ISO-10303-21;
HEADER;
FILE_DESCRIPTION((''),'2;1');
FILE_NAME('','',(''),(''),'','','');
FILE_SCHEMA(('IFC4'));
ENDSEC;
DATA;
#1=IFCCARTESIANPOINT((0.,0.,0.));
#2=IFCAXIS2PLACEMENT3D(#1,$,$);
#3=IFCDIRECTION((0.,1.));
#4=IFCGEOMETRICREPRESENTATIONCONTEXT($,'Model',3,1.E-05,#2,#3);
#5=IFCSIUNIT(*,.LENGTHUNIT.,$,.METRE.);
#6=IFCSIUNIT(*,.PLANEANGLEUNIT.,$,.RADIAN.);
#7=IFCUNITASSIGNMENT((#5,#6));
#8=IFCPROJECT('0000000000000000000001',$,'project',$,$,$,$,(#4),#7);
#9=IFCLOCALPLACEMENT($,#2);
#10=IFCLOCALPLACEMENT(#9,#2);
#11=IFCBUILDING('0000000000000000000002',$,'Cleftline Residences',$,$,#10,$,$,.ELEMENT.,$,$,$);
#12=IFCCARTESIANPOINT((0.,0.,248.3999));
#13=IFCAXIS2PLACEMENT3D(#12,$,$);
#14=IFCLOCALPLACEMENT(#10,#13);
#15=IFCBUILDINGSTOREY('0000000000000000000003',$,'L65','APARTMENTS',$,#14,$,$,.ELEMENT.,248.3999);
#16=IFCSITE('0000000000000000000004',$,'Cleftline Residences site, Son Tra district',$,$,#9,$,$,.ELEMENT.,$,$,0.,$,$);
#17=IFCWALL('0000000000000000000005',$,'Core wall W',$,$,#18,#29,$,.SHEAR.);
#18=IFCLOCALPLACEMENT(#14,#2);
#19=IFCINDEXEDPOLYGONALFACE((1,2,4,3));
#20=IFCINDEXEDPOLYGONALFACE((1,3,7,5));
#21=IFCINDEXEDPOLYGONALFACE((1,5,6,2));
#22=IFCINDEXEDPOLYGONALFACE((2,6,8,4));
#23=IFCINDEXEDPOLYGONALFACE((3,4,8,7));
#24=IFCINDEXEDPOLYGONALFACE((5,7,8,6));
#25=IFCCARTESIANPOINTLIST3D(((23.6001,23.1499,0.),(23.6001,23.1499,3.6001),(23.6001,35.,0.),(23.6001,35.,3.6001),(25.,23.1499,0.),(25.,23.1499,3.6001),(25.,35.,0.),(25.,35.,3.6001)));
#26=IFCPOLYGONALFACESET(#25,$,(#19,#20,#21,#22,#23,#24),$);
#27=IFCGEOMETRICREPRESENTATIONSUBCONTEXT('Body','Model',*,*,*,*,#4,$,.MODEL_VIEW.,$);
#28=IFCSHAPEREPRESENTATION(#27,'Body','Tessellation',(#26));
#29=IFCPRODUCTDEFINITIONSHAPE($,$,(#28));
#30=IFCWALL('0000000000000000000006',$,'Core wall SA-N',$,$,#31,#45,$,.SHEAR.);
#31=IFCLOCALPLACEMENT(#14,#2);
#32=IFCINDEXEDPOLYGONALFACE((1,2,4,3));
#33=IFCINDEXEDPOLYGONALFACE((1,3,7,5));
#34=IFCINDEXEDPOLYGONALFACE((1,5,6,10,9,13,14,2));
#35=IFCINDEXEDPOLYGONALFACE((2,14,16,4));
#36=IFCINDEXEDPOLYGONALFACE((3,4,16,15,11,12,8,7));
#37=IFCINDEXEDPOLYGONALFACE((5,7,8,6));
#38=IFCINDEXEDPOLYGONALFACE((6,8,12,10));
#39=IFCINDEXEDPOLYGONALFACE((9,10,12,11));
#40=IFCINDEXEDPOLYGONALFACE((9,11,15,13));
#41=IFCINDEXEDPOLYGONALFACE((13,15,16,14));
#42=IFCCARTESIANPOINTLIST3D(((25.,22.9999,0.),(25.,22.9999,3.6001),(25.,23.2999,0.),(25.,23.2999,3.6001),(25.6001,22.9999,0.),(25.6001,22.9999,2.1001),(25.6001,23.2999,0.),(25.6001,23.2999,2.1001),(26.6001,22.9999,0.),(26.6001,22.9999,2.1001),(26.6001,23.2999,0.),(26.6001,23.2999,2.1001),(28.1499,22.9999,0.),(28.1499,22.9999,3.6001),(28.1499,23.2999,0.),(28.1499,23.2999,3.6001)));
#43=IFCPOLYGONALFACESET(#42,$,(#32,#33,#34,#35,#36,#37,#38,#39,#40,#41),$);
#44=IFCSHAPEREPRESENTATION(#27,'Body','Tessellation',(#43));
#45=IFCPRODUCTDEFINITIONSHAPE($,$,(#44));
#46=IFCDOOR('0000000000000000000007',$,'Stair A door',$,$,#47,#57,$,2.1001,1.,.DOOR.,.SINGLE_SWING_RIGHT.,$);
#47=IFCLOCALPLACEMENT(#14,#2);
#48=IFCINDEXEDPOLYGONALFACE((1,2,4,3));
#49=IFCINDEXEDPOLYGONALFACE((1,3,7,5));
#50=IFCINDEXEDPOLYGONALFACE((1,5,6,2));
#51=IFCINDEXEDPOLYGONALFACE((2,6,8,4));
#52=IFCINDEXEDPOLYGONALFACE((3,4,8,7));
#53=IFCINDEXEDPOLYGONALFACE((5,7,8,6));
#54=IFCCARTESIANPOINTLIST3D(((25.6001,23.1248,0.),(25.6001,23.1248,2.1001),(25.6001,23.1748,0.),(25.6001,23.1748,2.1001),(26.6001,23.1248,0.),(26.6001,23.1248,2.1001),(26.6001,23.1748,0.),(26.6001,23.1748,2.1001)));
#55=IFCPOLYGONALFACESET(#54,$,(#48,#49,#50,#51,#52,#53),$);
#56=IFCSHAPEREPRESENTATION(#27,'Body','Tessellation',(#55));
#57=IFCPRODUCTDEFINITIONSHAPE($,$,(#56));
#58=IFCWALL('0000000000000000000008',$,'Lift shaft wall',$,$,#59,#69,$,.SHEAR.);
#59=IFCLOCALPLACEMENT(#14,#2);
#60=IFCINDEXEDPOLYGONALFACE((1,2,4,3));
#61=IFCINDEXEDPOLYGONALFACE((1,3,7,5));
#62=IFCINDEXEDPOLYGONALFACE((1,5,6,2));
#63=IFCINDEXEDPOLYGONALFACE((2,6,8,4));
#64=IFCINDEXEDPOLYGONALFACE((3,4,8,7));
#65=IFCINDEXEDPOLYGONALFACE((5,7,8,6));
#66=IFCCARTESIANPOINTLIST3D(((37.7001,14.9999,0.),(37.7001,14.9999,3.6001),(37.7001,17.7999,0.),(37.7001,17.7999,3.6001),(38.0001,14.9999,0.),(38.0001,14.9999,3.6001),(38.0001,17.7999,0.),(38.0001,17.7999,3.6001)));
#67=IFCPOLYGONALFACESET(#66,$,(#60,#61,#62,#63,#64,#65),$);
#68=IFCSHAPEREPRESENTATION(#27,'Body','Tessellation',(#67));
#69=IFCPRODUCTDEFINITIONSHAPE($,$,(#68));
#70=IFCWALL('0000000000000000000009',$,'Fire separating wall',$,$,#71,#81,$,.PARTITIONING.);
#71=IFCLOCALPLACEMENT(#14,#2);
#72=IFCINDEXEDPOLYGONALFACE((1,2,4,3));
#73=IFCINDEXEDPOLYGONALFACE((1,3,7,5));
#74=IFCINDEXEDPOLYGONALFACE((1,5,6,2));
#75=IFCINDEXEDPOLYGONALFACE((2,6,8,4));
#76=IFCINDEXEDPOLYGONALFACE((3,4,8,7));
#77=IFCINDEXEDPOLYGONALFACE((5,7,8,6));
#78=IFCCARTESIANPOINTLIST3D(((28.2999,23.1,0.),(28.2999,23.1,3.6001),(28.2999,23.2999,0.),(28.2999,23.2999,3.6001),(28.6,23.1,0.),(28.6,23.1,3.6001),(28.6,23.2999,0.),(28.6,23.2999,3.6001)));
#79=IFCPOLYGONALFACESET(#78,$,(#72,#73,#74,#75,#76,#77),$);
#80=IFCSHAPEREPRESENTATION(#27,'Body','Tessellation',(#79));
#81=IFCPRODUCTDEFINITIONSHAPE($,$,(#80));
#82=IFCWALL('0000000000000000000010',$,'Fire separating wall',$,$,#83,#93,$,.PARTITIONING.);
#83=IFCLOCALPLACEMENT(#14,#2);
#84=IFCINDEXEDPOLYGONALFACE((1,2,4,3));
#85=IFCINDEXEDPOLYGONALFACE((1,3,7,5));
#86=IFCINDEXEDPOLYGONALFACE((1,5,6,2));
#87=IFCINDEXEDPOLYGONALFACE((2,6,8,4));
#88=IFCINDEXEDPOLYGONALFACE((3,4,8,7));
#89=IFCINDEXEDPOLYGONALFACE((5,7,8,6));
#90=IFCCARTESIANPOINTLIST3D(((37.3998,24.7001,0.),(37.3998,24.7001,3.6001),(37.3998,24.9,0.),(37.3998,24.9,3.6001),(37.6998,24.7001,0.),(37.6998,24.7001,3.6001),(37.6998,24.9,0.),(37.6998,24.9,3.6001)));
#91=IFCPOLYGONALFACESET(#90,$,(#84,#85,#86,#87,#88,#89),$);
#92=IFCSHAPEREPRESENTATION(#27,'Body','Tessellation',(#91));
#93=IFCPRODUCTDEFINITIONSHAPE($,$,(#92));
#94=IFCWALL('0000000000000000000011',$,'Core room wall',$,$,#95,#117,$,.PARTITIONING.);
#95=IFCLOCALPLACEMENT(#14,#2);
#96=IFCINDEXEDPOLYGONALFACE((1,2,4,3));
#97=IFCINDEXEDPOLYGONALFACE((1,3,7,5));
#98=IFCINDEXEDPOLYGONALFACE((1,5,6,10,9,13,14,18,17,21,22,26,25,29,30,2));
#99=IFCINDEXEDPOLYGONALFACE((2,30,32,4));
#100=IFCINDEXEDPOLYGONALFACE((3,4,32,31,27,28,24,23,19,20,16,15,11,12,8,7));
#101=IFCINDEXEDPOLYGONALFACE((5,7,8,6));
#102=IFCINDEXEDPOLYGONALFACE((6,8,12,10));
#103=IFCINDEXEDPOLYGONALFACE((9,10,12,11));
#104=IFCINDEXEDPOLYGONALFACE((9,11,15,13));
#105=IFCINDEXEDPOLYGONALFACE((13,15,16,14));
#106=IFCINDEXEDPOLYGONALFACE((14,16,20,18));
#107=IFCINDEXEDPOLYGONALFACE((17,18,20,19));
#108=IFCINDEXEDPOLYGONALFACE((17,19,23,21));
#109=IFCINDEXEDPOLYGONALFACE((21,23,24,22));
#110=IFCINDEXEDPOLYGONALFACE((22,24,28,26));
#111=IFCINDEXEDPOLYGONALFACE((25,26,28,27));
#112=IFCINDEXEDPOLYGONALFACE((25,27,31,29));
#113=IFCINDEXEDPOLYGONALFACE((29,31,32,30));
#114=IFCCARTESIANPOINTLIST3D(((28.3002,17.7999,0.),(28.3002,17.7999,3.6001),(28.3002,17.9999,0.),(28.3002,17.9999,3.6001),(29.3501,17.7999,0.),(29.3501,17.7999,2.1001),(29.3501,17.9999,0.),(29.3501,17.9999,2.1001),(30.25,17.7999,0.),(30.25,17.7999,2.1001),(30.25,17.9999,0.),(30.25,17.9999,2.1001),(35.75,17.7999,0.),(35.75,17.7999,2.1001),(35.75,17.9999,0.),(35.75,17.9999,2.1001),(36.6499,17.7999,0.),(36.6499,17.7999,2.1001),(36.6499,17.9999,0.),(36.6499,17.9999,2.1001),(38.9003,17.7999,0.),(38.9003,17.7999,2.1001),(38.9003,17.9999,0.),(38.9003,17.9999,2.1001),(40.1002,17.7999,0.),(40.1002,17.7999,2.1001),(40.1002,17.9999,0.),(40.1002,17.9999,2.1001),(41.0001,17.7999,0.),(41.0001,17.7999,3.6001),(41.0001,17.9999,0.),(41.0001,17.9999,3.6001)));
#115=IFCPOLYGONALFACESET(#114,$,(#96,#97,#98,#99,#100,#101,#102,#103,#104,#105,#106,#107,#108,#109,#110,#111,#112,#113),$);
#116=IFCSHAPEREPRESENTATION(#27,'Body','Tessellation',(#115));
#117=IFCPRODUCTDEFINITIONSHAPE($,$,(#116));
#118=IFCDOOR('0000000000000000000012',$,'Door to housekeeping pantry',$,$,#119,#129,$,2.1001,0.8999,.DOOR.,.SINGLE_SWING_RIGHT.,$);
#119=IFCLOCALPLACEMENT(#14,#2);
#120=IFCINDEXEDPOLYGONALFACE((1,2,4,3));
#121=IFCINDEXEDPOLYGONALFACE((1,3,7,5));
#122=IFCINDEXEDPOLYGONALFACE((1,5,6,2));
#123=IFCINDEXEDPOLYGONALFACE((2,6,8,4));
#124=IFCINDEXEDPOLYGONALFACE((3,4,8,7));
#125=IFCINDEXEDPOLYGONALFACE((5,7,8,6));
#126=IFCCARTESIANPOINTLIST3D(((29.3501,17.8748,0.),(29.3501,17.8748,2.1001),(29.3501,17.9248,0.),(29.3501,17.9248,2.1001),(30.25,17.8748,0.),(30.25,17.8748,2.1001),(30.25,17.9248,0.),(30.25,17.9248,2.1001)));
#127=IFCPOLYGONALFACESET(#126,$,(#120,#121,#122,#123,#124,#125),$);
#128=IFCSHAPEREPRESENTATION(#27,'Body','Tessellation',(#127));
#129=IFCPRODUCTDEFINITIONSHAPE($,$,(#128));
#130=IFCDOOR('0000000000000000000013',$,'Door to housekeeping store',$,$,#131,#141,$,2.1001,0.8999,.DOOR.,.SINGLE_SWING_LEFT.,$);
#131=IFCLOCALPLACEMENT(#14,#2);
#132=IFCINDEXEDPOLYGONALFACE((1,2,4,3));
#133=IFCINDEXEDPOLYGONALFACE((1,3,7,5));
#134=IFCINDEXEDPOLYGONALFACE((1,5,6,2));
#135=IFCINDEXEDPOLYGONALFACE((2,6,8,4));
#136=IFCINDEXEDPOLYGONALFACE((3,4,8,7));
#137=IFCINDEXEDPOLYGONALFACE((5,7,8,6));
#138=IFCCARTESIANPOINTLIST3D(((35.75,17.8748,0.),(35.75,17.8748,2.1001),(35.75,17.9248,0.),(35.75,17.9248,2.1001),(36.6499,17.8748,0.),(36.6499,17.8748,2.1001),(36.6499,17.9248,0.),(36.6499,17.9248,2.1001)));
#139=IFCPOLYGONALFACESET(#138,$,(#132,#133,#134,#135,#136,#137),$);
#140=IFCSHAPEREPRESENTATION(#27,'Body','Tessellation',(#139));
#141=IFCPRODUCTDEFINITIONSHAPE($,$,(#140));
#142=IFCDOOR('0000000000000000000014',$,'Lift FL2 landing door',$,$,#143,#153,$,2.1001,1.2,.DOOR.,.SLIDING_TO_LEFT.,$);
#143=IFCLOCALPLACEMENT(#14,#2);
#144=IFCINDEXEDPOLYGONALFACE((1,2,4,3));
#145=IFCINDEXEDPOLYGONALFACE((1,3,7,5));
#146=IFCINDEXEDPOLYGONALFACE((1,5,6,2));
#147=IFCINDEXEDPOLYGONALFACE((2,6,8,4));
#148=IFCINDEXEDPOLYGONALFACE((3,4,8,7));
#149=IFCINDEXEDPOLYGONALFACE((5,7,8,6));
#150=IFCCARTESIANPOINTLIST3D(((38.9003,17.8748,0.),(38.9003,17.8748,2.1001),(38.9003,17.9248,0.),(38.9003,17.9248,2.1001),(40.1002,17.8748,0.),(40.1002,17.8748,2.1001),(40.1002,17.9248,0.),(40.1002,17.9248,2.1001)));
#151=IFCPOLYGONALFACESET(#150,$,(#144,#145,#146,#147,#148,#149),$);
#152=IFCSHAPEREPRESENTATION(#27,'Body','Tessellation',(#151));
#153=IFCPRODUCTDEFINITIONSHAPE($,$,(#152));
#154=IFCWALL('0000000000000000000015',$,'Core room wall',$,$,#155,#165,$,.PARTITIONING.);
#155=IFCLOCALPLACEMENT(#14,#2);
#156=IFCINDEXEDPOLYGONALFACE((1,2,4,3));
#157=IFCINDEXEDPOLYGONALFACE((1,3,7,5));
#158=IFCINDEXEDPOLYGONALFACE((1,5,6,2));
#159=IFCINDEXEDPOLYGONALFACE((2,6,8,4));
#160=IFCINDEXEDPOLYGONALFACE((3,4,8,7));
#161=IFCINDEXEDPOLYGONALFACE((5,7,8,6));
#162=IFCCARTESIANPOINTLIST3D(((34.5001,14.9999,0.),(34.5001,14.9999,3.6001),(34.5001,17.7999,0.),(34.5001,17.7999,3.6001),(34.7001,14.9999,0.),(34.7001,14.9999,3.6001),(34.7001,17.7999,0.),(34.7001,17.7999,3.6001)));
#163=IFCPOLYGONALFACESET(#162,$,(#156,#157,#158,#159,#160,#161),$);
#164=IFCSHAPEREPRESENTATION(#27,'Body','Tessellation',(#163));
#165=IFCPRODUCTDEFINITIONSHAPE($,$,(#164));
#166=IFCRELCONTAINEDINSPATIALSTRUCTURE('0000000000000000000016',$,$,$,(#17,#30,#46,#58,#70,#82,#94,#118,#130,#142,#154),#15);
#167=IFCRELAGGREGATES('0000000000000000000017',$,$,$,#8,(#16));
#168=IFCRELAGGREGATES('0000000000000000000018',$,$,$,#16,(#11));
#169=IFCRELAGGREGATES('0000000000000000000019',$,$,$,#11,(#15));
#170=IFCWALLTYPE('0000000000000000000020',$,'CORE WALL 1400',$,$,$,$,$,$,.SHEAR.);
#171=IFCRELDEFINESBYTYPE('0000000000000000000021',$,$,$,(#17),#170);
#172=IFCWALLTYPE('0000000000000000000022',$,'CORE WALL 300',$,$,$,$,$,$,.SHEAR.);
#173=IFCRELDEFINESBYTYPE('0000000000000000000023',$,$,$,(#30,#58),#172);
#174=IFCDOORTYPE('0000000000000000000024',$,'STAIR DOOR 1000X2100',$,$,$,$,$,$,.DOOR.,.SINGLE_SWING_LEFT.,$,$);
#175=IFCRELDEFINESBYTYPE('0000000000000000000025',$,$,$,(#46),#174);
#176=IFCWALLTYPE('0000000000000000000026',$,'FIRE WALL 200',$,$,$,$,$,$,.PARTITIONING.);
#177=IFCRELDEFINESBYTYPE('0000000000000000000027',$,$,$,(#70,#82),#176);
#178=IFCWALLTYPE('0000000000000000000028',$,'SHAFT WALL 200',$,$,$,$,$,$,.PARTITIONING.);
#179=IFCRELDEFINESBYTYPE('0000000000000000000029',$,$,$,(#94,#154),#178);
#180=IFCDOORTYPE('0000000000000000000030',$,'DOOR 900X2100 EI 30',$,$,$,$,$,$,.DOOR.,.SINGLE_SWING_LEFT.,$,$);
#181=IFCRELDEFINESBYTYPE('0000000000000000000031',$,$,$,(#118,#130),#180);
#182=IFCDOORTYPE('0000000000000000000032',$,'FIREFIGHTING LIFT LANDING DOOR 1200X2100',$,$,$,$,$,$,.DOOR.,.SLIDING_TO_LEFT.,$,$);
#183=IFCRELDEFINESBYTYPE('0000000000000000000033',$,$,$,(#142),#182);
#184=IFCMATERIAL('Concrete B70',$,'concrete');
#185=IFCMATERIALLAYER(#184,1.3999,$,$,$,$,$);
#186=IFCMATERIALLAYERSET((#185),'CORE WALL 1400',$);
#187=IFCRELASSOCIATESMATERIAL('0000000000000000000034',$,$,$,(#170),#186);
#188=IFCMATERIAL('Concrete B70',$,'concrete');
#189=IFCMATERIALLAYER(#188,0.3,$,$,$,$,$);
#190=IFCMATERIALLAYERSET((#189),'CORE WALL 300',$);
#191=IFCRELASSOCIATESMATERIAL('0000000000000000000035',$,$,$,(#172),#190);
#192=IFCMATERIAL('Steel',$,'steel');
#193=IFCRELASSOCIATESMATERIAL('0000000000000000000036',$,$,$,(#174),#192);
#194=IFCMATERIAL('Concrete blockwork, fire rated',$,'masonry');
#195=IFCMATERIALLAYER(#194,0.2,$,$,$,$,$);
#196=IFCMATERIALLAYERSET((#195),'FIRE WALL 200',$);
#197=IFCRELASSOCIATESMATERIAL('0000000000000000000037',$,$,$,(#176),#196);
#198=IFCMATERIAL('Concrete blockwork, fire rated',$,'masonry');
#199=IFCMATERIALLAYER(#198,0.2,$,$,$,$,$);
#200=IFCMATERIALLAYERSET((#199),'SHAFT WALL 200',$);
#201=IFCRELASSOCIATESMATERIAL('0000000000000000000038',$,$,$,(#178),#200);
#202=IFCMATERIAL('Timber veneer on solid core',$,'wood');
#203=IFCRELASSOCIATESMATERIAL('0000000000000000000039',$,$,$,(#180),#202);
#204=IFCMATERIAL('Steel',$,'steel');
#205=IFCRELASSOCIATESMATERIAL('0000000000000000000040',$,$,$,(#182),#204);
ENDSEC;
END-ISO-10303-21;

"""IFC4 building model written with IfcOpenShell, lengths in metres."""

from ifc_helpers import new_model, si_unit, direction, frame, frame_2d, origin, place, context, subcontext, project, spatial, rectangle, extrude, material, layer, layer_set, type_object, element, fill, save


model = new_model("IFC4")

# Units and contexts
model_context = context("Model", 3, precision=1e-05, world=origin(), true_north=direction((0.0, 1.0)))
body_context = subcontext(model_context, "Body", "Model", "MODEL_VIEW")
ifc_project = project(units=[si_unit("LENGTHUNIT", "METRE"), si_unit("PLANEANGLEUNIT", "RADIAN")], contexts=[model_context])

# Site, building, storey
site_placement = place(None, origin())
site = spatial("IfcSite", under=ifc_project, at=site_placement, Name="Cleftline Residences site, Son Tra district", CompositionType="ELEMENT", RefElevation=0.0)
building_placement = place(site_placement, origin())
building = spatial("IfcBuilding", under=site, at=building_placement, Name="Cleftline Residences", CompositionType="ELEMENT")
storey_placement = place(building_placement, frame((0.0, 0.0, 248.3999)))
storey = spatial("IfcBuildingStorey", under=building, at=storey_placement, Name="L65", Description="APARTMENTS", CompositionType="ELEMENT", Elevation=248.3999)

# Wall
ifc_material_1 = material(Name="Concrete B70", Category="concrete")
ifc_layer_1 = layer(ifc_material_1, 1.3999)
ifc_layer_set_1 = layer_set([ifc_layer_1], Name="CORE WALL 1400")
wall_type_1 = type_object("IfcWallType", Name="CORE WALL 1400", PredefinedType="SHEAR", material=ifc_layer_set_1)
wall_1_placement = place(storey_placement, frame((24.3, 23.1499, 0.0), z_axis=(0.0, 0.0, 1.0), x_axis=(0.0, 1.0, 0.0)))
element("IfcWall", 1, at=wall_1_placement, inside=storey, type_object=wall_type_1, Name="Core wall W", PredefinedType="SHEAR", context=body_context, shape_type="SweptSolid", body=[
    extrude(rectangle(XDim=11.8501, YDim=1.3999, at=frame_2d((5.925, 0.0))), origin(), (0.0, 0.0, 1.0), 3.6001),
])

# Wall, opening, door
ifc_material_2 = material(Name="Concrete B70", Category="concrete")
ifc_layer_2 = layer(ifc_material_2, 0.3)
ifc_layer_set_2 = layer_set([ifc_layer_2], Name="CORE WALL 300")
wall_type_2 = type_object("IfcWallType", Name="CORE WALL 300", PredefinedType="SHEAR", material=ifc_layer_set_2)
wall_2_placement = place(storey_placement, frame((25.0, 23.1499, 0.0), z_axis=(0.0, 0.0, 1.0), x_axis=(1.0, 0.0, 0.0)))
wall_2 = element("IfcWall", 2, at=wall_2_placement, inside=storey, type_object=wall_type_2, Name="Core wall SA-N", PredefinedType="SHEAR", context=body_context, shape_type="SweptSolid", body=[
    extrude(rectangle(XDim=3.1499, YDim=0.3, at=frame_2d((1.575, 0.0))), origin(), (0.0, 0.0, 1.0), 3.6001),
])
opening_1_placement = place(wall_2_placement, frame((0.6001, 0.0, 0.0)))
opening_1 = element("IfcOpeningElement", 3, at=opening_1_placement, cuts=wall_2, PredefinedType="OPENING", context=body_context, shape_type="SweptSolid", body=[
    extrude(rectangle(XDim=1.0, YDim=2.1001, at=frame_2d((0.5, 1.05))), frame((0.0, 0.1599, 0.0), z_axis=(0.0, -1.0, 0.0), x_axis=(1.0, 0.0, 0.0)), (0.0, 0.0, 1.0), 0.3201),
])
ifc_material_3 = material(Name="Steel", Category="steel")
door_type_1 = type_object("IfcDoorType", Name="STAIR DOOR 1000X2100", OperationType="SINGLE_SWING_LEFT", PredefinedType="DOOR", material=ifc_material_3)
door_1_placement = place(opening_1_placement, origin())
door_1 = element("IfcDoor", 4, at=door_1_placement, inside=storey, type_object=door_type_1, Name="Stair A door", OperationType="SINGLE_SWING_RIGHT", OverallHeight=2.1001, OverallWidth=1.0, PredefinedType="DOOR", context=body_context, shape_type="SweptSolid", body=[
    extrude(rectangle(XDim=1.0, YDim=2.1001, at=frame_2d((0.5, 1.05))), frame((0.0, 0.0249, 0.0), z_axis=(0.0, -1.0, 0.0), x_axis=(1.0, 0.0, 0.0)), (0.0, 0.0, 1.0), 0.05),
])
fill(opening_1, door_1)

# Walls
wall_3_placement = place(storey_placement, frame((37.8501, 15.0, 0.0), z_axis=(0.0, 0.0, 1.0), x_axis=(0.0, 1.0, 0.0)))
element("IfcWall", 5, at=wall_3_placement, inside=storey, type_object=wall_type_2, Name="Lift shaft wall", PredefinedType="SHEAR", context=body_context, shape_type="SweptSolid", body=[
    extrude(rectangle(XDim=2.8, YDim=0.3, at=frame_2d((1.3999, 0.0))), origin(), (0.0, 0.0, 1.0), 3.6001),
])
ifc_material_4 = material(Name="Concrete blockwork, fire rated", Category="masonry")
ifc_layer_3 = layer(ifc_material_4, 0.2)
ifc_layer_set_3 = layer_set([ifc_layer_3], Name="FIRE WALL 200")
wall_type_3 = type_object("IfcWallType", Name="FIRE WALL 200", PredefinedType="PARTITIONING", material=ifc_layer_set_3)
for number, where, z_axis, x_axis, name in (
    (6, (28.3, 23.2, 0.0), (0.0, 0.0, 1.0), (1.0, 0.0, 0.0), "Fire separating wall"),
    (7, (37.3999, 24.8, 0.0), (0.0, 0.0, 1.0), (1.0, 0.0, 0.0), "Fire separating wall"),
):
    element("IfcWall", number, at=place(storey_placement, frame(where, z_axis=z_axis, x_axis=x_axis)), inside=storey, type_object=wall_type_3, Name=name, PredefinedType="PARTITIONING", context=body_context, shape_type="SweptSolid", body=[
        extrude(rectangle(XDim=0.3, YDim=0.2, at=frame_2d((0.1499, 0.0))), origin(), (0.0, 0.0, 1.0), 3.6001),
    ])

# Wall, openings, doors
ifc_material_5 = material(Name="Concrete blockwork, fire rated", Category="masonry")
ifc_layer_4 = layer(ifc_material_5, 0.2)
ifc_layer_set_4 = layer_set([ifc_layer_4], Name="SHAFT WALL 200")
wall_type_4 = type_object("IfcWallType", Name="SHAFT WALL 200", PredefinedType="PARTITIONING", material=ifc_layer_set_4)
wall_4_placement = place(storey_placement, frame((28.3, 17.8999, 0.0), z_axis=(0.0, 0.0, 1.0), x_axis=(1.0, 0.0, 0.0)))
wall_4 = element("IfcWall", 8, at=wall_4_placement, inside=storey, type_object=wall_type_4, Name="Core room wall", PredefinedType="PARTITIONING", context=body_context, shape_type="SweptSolid", body=[
    extrude(rectangle(XDim=12.7, YDim=0.2, at=frame_2d((6.3501, 0.0))), origin(), (0.0, 0.0, 1.0), 3.6001),
])
opening_2_placement = place(wall_4_placement, frame((1.05, 0.0, 0.0)))
opening_2 = element("IfcOpeningElement", 9, at=opening_2_placement, cuts=wall_4, PredefinedType="OPENING", context=body_context, shape_type="SweptSolid", body=[
    extrude(rectangle(XDim=0.8999, YDim=2.1001, at=frame_2d((0.45, 1.05))), frame((0.0, 0.1099, 0.0), z_axis=(0.0, -1.0, 0.0), x_axis=(1.0, 0.0, 0.0)), (0.0, 0.0, 1.0), 0.22),
])
opening_3_placement = place(wall_4_placement, frame((7.45, 0.0, 0.0)))
opening_3 = element("IfcOpeningElement", 10, at=opening_3_placement, cuts=wall_4, PredefinedType="OPENING", context=body_context, shape_type="SweptSolid", body=[
    extrude(rectangle(XDim=0.8999, YDim=2.1001, at=frame_2d((0.45, 1.05))), frame((0.0, 0.1099, 0.0), z_axis=(0.0, -1.0, 0.0), x_axis=(1.0, 0.0, 0.0)), (0.0, 0.0, 1.0), 0.22),
])
opening_4_placement = place(wall_4_placement, frame((10.6001, 0.0, 0.0)))
opening_4 = element("IfcOpeningElement", 11, at=opening_4_placement, cuts=wall_4, PredefinedType="OPENING", context=body_context, shape_type="SweptSolid", body=[
    extrude(rectangle(XDim=1.2, YDim=2.1001, at=frame_2d((0.6001, 1.05))), frame((0.0, 0.1099, 0.0), z_axis=(0.0, -1.0, 0.0), x_axis=(1.0, 0.0, 0.0)), (0.0, 0.0, 1.0), 0.22),
])
ifc_material_6 = material(Name="Timber veneer on solid core", Category="wood")
door_type_2 = type_object("IfcDoorType", Name="DOOR 900X2100 EI 30", OperationType="SINGLE_SWING_LEFT", PredefinedType="DOOR", material=ifc_material_6)
door_2_placement = place(opening_2_placement, origin())
door_2 = element("IfcDoor", 12, at=door_2_placement, inside=storey, type_object=door_type_2, Name="Door to housekeeping pantry", OperationType="SINGLE_SWING_RIGHT", OverallHeight=2.1001, OverallWidth=0.8999, PredefinedType="DOOR", context=body_context, shape_type="SweptSolid", body=[
    extrude(rectangle(XDim=0.8999, YDim=2.1001, at=frame_2d((0.45, 1.05))), frame((0.0, 0.0249, 0.0), z_axis=(0.0, -1.0, 0.0), x_axis=(1.0, 0.0, 0.0)), (0.0, 0.0, 1.0), 0.05),
])
fill(opening_2, door_2)
door_3_placement = place(opening_3_placement, origin())
door_3 = element("IfcDoor", 13, at=door_3_placement, inside=storey, type_object=door_type_2, Name="Door to housekeeping store", OperationType="SINGLE_SWING_LEFT", OverallHeight=2.1001, OverallWidth=0.8999, PredefinedType="DOOR", context=body_context, shape_type="SweptSolid", body=[
    extrude(rectangle(XDim=0.8999, YDim=2.1001, at=frame_2d((0.45, 1.05))), frame((0.0, 0.0249, 0.0), z_axis=(0.0, -1.0, 0.0), x_axis=(1.0, 0.0, 0.0)), (0.0, 0.0, 1.0), 0.05),
])
fill(opening_3, door_3)
ifc_material_7 = material(Name="Steel", Category="steel")
door_type_3 = type_object("IfcDoorType", Name="FIREFIGHTING LIFT LANDING DOOR 1200X2100", OperationType="SLIDING_TO_LEFT", PredefinedType="DOOR", material=ifc_material_7)
door_4_placement = place(opening_4_placement, origin())
door_4 = element("IfcDoor", 14, at=door_4_placement, inside=storey, type_object=door_type_3, Name="Lift FL2 landing door", OperationType="SLIDING_TO_LEFT", OverallHeight=2.1001, OverallWidth=1.2, PredefinedType="DOOR", context=body_context, shape_type="SweptSolid", body=[
    extrude(rectangle(XDim=1.2, YDim=2.1001, at=frame_2d((0.6001, 1.05))), frame((0.0, 0.0249, 0.0), z_axis=(0.0, -1.0, 0.0), x_axis=(1.0, 0.0, 0.0)), (0.0, 0.0, 1.0), 0.05),
])
fill(opening_4, door_4)

# Wall
wall_5_placement = place(storey_placement, frame((34.6001, 15.0, 0.0), z_axis=(0.0, 0.0, 1.0), x_axis=(0.0, 1.0, 0.0)))
element("IfcWall", 15, at=wall_5_placement, inside=storey, type_object=wall_type_4, Name="Core room wall", PredefinedType="PARTITIONING", context=body_context, shape_type="SweptSolid", body=[
    extrude(rectangle(XDim=2.8, YDim=0.2, at=frame_2d((1.3999, 0.0))), origin(), (0.0, 0.0, 1.0), 3.6001),
])

save(model, "model.ifc")
